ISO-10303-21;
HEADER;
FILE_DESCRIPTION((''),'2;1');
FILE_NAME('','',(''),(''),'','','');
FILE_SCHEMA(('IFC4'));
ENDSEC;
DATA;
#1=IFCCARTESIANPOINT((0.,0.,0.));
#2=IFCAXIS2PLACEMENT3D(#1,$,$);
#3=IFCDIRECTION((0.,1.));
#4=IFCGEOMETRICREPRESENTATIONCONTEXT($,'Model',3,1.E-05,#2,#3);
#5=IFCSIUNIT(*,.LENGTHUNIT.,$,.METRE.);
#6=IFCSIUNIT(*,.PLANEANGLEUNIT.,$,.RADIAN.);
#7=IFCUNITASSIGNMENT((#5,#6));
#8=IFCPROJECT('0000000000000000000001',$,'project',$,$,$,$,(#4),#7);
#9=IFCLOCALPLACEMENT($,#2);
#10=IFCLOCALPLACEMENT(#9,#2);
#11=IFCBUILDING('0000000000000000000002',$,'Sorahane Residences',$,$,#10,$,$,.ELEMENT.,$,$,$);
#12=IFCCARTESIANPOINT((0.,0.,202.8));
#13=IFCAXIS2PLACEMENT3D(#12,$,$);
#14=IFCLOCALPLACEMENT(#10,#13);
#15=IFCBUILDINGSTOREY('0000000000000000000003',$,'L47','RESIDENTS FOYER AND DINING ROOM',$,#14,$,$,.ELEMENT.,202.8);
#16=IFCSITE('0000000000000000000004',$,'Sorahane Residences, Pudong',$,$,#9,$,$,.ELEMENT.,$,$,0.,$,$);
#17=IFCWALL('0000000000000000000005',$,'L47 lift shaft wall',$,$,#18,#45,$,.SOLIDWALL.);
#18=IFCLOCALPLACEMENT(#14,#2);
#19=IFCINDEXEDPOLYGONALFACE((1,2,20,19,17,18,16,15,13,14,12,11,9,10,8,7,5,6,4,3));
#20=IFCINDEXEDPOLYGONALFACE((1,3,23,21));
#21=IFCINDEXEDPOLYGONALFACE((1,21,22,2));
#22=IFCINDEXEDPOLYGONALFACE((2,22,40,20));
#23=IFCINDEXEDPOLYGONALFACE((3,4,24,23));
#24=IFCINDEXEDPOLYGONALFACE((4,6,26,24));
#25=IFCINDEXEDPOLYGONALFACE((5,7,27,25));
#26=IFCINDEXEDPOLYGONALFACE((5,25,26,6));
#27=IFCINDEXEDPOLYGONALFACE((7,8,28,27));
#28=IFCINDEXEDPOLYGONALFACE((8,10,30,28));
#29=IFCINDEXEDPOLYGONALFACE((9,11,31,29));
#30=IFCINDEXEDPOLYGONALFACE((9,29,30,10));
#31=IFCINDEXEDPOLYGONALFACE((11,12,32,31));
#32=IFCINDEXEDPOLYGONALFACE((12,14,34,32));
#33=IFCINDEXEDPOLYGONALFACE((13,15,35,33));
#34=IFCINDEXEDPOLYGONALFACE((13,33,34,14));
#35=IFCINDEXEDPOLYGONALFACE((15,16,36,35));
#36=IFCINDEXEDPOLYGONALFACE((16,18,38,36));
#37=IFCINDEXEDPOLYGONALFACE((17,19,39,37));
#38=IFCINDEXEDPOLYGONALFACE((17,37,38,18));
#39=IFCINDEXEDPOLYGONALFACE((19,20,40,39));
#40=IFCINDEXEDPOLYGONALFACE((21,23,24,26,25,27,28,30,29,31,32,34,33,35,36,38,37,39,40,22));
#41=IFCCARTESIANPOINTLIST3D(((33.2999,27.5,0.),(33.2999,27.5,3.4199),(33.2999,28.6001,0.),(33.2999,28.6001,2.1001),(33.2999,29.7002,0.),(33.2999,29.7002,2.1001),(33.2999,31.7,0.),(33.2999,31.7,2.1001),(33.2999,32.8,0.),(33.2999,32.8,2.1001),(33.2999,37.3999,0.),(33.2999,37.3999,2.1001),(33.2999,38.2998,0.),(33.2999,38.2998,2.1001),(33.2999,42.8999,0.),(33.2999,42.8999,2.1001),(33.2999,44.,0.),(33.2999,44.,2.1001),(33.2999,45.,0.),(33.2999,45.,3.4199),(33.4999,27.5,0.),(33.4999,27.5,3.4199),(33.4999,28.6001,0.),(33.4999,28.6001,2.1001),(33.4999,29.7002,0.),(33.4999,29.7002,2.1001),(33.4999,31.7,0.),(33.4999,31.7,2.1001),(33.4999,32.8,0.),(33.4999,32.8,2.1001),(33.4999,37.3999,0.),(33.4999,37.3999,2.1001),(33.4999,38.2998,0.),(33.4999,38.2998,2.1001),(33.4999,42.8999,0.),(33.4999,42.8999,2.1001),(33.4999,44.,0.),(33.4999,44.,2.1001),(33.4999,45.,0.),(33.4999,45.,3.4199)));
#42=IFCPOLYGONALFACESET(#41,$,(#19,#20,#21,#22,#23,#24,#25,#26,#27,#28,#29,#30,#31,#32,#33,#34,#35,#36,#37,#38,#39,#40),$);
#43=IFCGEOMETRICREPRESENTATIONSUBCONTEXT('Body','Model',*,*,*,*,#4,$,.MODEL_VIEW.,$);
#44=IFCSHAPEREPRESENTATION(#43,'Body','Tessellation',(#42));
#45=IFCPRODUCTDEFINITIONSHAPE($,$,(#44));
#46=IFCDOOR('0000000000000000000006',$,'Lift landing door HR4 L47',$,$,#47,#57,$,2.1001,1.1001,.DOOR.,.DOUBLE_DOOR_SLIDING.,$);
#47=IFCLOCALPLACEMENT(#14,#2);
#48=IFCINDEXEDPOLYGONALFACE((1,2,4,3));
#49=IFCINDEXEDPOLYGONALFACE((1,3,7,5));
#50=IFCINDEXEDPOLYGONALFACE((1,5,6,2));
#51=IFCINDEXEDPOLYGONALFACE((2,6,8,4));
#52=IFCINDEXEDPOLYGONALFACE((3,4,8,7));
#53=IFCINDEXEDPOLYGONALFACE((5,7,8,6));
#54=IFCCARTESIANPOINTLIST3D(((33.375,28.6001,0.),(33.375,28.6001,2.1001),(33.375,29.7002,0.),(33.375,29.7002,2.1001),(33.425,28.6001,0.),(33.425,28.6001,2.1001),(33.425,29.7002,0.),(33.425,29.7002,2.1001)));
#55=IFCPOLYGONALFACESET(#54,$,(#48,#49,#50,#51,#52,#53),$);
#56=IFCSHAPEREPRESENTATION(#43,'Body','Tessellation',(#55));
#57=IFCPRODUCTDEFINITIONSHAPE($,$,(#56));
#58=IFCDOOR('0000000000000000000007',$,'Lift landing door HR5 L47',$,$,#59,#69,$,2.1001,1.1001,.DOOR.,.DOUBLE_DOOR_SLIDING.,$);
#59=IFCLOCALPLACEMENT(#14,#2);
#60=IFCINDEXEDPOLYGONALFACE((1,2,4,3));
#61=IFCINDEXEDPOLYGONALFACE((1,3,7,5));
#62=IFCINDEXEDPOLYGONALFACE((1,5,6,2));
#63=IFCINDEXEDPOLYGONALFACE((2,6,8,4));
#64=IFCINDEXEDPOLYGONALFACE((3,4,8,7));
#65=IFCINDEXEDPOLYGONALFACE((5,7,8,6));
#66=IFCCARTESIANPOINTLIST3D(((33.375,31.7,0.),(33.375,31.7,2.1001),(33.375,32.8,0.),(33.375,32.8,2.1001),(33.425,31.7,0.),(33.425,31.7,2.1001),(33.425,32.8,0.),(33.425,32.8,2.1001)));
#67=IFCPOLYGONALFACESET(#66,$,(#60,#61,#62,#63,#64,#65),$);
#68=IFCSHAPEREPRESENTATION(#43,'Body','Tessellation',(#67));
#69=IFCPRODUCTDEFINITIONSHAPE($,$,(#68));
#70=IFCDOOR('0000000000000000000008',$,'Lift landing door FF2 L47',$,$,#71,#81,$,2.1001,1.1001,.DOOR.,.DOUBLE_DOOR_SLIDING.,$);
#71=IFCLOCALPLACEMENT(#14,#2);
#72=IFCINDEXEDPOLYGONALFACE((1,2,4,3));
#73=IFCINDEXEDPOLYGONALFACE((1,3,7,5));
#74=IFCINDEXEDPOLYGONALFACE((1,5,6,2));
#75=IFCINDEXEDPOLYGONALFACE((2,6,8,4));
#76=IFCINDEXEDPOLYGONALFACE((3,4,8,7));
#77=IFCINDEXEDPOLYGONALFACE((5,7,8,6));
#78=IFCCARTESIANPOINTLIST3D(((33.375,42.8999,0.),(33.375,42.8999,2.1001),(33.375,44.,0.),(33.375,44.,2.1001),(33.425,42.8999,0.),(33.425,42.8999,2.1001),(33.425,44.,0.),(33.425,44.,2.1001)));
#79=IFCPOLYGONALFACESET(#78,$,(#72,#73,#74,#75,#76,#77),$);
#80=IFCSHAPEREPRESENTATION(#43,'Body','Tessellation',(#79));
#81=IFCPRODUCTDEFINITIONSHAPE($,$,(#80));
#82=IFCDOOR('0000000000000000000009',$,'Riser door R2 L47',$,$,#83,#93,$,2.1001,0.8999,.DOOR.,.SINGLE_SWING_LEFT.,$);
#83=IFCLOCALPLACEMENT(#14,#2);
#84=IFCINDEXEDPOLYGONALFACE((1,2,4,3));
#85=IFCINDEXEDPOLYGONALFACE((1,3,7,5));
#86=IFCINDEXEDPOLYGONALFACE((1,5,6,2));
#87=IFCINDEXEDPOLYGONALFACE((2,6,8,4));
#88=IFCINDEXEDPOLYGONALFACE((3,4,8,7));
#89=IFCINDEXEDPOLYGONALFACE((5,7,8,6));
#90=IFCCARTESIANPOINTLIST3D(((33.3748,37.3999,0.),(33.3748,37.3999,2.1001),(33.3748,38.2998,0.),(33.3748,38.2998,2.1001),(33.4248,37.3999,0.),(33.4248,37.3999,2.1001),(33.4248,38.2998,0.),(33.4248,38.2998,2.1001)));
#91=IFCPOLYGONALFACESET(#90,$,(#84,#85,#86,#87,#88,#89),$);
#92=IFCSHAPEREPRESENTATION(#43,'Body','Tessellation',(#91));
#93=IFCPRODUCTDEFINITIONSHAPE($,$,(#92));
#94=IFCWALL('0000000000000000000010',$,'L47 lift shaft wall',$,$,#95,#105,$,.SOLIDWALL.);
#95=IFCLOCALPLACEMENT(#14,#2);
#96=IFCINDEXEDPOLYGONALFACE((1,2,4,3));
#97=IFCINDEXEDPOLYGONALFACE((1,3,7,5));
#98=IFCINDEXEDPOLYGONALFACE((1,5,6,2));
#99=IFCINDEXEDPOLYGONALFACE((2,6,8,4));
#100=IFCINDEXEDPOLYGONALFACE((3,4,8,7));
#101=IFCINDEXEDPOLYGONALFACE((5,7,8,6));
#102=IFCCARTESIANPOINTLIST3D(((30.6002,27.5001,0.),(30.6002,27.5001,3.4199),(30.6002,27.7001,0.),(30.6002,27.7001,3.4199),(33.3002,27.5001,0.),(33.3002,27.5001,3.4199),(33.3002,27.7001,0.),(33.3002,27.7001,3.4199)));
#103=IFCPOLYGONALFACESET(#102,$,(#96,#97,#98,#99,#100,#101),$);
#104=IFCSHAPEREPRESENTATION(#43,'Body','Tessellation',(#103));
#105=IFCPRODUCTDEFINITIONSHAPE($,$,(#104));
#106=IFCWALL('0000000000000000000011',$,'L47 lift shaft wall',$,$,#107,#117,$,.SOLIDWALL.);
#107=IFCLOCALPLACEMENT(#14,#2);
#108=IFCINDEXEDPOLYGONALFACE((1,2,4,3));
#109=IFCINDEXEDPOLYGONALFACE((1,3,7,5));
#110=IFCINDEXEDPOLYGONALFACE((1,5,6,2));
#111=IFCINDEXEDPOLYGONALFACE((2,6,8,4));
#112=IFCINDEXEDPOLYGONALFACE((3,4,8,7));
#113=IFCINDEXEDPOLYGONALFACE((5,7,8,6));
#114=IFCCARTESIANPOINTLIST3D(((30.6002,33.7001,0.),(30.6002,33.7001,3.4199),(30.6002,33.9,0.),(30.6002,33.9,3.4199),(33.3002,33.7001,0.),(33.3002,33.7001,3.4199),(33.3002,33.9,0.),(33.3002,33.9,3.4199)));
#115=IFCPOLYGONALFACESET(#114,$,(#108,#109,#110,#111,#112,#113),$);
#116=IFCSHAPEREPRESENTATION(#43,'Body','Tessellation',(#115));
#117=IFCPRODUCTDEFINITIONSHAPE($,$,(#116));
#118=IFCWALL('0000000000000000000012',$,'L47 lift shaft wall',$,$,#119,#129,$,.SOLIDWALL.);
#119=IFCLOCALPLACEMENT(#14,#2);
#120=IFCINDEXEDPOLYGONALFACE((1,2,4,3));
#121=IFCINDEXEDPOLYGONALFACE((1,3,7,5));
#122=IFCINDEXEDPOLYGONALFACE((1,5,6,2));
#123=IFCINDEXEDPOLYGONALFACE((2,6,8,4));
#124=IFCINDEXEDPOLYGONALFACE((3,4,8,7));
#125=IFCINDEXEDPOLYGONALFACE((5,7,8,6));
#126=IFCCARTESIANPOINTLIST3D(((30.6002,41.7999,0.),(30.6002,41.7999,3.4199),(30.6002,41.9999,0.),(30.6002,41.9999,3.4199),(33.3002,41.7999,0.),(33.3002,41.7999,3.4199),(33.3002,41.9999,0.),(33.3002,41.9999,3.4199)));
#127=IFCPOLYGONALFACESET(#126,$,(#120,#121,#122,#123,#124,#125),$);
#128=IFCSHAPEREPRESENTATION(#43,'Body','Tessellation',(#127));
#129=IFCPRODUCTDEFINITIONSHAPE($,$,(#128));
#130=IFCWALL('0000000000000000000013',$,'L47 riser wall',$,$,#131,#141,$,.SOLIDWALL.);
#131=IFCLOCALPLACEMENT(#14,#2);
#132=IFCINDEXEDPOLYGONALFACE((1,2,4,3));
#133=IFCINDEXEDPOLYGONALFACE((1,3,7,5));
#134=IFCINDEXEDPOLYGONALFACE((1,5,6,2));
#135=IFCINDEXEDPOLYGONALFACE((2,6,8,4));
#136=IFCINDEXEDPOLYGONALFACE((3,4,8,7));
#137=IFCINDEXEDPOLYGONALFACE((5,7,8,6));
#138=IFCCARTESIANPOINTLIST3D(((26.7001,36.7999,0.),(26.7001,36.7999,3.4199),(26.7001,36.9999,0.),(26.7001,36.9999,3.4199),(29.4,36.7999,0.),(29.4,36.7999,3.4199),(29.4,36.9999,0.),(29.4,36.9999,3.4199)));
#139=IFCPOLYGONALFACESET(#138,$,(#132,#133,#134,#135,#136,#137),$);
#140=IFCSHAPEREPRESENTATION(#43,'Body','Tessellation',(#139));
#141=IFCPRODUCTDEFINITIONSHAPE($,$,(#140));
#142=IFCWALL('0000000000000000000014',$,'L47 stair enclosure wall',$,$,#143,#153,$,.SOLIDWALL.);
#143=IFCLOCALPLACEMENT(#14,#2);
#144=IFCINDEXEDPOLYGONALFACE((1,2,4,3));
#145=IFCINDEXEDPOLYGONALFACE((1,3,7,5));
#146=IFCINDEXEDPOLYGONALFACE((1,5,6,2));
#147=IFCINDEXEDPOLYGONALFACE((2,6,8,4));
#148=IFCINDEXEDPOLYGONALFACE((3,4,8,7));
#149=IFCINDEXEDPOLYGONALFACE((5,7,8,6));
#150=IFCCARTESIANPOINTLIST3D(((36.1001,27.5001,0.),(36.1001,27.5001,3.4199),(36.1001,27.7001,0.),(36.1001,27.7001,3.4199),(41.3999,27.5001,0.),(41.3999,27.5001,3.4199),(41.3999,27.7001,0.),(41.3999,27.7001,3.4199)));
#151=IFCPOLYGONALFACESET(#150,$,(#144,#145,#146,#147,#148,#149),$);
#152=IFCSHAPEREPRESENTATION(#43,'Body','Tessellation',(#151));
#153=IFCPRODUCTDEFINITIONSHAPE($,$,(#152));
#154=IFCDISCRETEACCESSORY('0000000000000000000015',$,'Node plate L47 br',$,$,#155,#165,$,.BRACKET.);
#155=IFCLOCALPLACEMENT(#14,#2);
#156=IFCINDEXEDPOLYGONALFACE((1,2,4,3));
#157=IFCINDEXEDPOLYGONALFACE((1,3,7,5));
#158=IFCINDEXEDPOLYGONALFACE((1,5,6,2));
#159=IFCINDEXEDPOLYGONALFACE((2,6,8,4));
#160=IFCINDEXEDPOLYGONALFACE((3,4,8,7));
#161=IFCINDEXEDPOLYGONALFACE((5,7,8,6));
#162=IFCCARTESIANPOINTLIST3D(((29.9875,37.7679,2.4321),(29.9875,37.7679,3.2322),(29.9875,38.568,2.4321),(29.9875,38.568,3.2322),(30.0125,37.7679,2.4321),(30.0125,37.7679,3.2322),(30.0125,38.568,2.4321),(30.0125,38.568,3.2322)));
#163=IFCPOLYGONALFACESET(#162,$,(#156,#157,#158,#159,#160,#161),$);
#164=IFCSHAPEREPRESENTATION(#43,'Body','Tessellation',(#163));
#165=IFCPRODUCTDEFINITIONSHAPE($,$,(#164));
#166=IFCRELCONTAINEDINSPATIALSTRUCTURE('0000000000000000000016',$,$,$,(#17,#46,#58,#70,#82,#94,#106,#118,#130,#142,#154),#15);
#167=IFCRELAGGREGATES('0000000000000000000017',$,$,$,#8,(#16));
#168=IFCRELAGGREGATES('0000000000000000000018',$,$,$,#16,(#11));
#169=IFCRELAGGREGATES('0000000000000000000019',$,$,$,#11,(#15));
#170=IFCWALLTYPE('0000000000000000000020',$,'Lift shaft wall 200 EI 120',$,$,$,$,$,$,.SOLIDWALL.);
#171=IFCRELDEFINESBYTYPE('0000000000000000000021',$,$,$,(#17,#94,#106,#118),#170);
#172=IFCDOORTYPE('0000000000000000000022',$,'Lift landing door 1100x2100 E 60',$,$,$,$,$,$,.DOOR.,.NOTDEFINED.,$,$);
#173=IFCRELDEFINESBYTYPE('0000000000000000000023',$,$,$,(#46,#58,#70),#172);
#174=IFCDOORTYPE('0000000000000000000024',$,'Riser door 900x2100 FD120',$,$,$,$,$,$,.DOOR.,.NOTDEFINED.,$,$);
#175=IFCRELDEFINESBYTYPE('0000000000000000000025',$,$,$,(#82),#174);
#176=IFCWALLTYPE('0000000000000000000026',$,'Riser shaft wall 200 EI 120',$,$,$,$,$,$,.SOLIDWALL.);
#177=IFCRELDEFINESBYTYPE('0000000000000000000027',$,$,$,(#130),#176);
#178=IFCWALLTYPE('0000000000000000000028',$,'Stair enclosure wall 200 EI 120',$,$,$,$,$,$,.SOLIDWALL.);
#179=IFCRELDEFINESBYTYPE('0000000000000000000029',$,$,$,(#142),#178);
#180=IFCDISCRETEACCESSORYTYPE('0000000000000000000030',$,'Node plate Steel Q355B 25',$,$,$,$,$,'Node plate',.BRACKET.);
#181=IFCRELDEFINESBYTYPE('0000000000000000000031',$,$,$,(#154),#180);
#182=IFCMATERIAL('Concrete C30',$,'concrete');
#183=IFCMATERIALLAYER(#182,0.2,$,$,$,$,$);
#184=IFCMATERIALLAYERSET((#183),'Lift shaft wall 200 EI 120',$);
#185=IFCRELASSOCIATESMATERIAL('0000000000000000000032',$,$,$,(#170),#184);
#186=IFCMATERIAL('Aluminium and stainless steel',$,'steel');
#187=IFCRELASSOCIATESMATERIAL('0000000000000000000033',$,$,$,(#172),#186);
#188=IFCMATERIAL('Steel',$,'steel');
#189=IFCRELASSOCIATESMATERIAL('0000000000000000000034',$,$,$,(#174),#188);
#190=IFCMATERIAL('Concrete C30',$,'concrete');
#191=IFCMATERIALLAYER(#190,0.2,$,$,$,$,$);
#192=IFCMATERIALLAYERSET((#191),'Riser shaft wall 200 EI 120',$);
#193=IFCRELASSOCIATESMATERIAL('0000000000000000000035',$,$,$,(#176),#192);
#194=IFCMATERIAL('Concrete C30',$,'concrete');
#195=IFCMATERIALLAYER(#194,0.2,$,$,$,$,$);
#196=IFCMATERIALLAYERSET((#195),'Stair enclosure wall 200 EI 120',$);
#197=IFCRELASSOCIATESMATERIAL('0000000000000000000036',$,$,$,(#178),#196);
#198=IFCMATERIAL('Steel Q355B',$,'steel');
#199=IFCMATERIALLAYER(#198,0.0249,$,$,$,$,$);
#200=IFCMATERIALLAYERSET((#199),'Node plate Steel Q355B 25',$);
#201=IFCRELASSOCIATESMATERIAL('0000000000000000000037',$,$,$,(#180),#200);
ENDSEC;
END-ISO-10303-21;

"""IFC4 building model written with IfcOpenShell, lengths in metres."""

from ifc_helpers import new_model, si_unit, direction, frame, frame_2d, origin, origin_2d, place, context, subcontext, project, spatial, rectangle, extrude, material, layer, layer_set, type_object, element, fill, save


model = new_model("IFC4")

# Units and contexts
model_context = context("Model", 3, precision=1e-05, world=origin(), true_north=direction((0.0, 1.0)))
body_context = subcontext(model_context, "Body", "Model", "MODEL_VIEW")
ifc_project = project(units=[si_unit("LENGTHUNIT", "METRE"), si_unit("PLANEANGLEUNIT", "RADIAN")], contexts=[model_context])

# Site, building, storey
site_placement = place(None, origin())
site = spatial("IfcSite", under=ifc_project, at=site_placement, Name="Sorahane Residences, Pudong", CompositionType="ELEMENT", RefElevation=0.0)
building_placement = place(site_placement, origin())
building = spatial("IfcBuilding", under=site, at=building_placement, Name="Sorahane Residences", CompositionType="ELEMENT")
storey_placement = place(building_placement, frame((0.0, 0.0, 202.8)))
storey = spatial("IfcBuildingStorey", under=building, at=storey_placement, Name="L47", Description="RESIDENTS FOYER AND DINING ROOM", CompositionType="ELEMENT", Elevation=202.8)

# Wall, openings, doors
ifc_material_1 = material(Name="Concrete C30", Category="concrete")
ifc_layer_1 = layer(ifc_material_1, 0.2)
ifc_layer_set_1 = layer_set([ifc_layer_1], Name="Lift shaft wall 200 EI 120")
wall_type_1 = type_object("IfcWallType", Name="Lift shaft wall 200 EI 120", PredefinedType="SOLIDWALL", material=ifc_layer_set_1)
wall_1_placement = place(storey_placement, frame((33.3999, 27.5, 0.0), z_axis=(0.0, 0.0, 1.0), x_axis=(0.0, 1.0, 0.0)))
wall_1 = element("IfcWall", 1, at=wall_1_placement, inside=storey, type_object=wall_type_1, Name="L47 lift shaft wall", PredefinedType="SOLIDWALL", context=body_context, shape_type="SweptSolid", body=[
    extrude(rectangle(XDim=17.5, YDim=0.2, at=frame_2d((8.75, 0.0))), origin(), (0.0, 0.0, 1.0), 3.4199),
])
opening_1_placement = place(wall_1_placement, frame((1.1001, 0.0, 0.0)))
opening_1 = element("IfcOpeningElement", 2, at=opening_1_placement, cuts=wall_1, PredefinedType="OPENING", context=body_context, shape_type="SweptSolid", body=[
    extrude(rectangle(XDim=1.1001, YDim=2.1001, at=frame_2d((0.55, 1.05))), frame((0.0, 0.1099, 0.0), z_axis=(0.0, -1.0, 0.0), x_axis=(1.0, 0.0, 0.0)), (0.0, 0.0, 1.0), 0.22),
])
opening_2_placement = place(wall_1_placement, frame((4.2, 0.0, 0.0)))
opening_2 = element("IfcOpeningElement", 3, at=opening_2_placement, cuts=wall_1, PredefinedType="OPENING", context=body_context, shape_type="SweptSolid", body=[
    extrude(rectangle(XDim=1.1001, YDim=2.1001, at=frame_2d((0.55, 1.05))), frame((0.0, 0.1099, 0.0), z_axis=(0.0, -1.0, 0.0), x_axis=(1.0, 0.0, 0.0)), (0.0, 0.0, 1.0), 0.22),
])
opening_3_placement = place(wall_1_placement, frame((15.3999, 0.0, 0.0)))
opening_3 = element("IfcOpeningElement", 4, at=opening_3_placement, cuts=wall_1, PredefinedType="OPENING", context=body_context, shape_type="SweptSolid", body=[
    extrude(rectangle(XDim=1.1001, YDim=2.1001, at=frame_2d((0.55, 1.05))), frame((0.0, 0.1099, 0.0), z_axis=(0.0, -1.0, 0.0), x_axis=(1.0, 0.0, 0.0)), (0.0, 0.0, 1.0), 0.22),
])
opening_4_placement = place(wall_1_placement, frame((9.8999, 0.0, 0.0)))
opening_4 = element("IfcOpeningElement", 5, at=opening_4_placement, cuts=wall_1, PredefinedType="OPENING", context=body_context, shape_type="SweptSolid", body=[
    extrude(rectangle(XDim=0.8999, YDim=2.1001, at=frame_2d((0.45, 1.05))), frame((0.0, 0.1099, 0.0), z_axis=(0.0, -1.0, 0.0), x_axis=(1.0, 0.0, 0.0)), (0.0, 0.0, 1.0), 0.22),
])
ifc_material_2 = material(Name="Aluminium and stainless steel", Category="steel")
door_type_1 = type_object("IfcDoorType", Name="Lift landing door 1100x2100 E 60", OperationType="NOTDEFINED", PredefinedType="DOOR", material=ifc_material_2)
door_1_placement = place(opening_1_placement, origin())
door_1 = element("IfcDoor", 6, at=door_1_placement, inside=storey, type_object=door_type_1, Name="Lift landing door HR4 L47", OperationType="DOUBLE_DOOR_SLIDING", OverallHeight=2.1001, OverallWidth=1.1001, PredefinedType="DOOR", context=body_context, shape_type="SweptSolid", body=[
    extrude(rectangle(XDim=1.1001, YDim=2.1001, at=frame_2d((0.55, 1.05))), frame((0.0, 0.0249, 0.0), z_axis=(0.0, -1.0, 0.0), x_axis=(1.0, 0.0, 0.0)), (0.0, 0.0, 1.0), 0.05),
])
fill(opening_1, door_1)
door_2_placement = place(opening_2_placement, origin())
door_2 = element("IfcDoor", 7, at=door_2_placement, inside=storey, type_object=door_type_1, Name="Lift landing door HR5 L47", OperationType="DOUBLE_DOOR_SLIDING", OverallHeight=2.1001, OverallWidth=1.1001, PredefinedType="DOOR", context=body_context, shape_type="SweptSolid", body=[
    extrude(rectangle(XDim=1.1001, YDim=2.1001, at=frame_2d((0.55, 1.05))), frame((0.0, 0.0249, 0.0), z_axis=(0.0, -1.0, 0.0), x_axis=(1.0, 0.0, 0.0)), (0.0, 0.0, 1.0), 0.05),
])
fill(opening_2, door_2)
door_3_placement = place(opening_3_placement, origin())
door_3 = element("IfcDoor", 8, at=door_3_placement, inside=storey, type_object=door_type_1, Name="Lift landing door FF2 L47", OperationType="DOUBLE_DOOR_SLIDING", OverallHeight=2.1001, OverallWidth=1.1001, PredefinedType="DOOR", context=body_context, shape_type="SweptSolid", body=[
    extrude(rectangle(XDim=1.1001, YDim=2.1001, at=frame_2d((0.55, 1.05))), frame((0.0, 0.0249, 0.0), z_axis=(0.0, -1.0, 0.0), x_axis=(1.0, 0.0, 0.0)), (0.0, 0.0, 1.0), 0.05),
])
fill(opening_3, door_3)
ifc_material_3 = material(Name="Steel", Category="steel")
door_type_2 = type_object("IfcDoorType", Name="Riser door 900x2100 FD120", OperationType="NOTDEFINED", PredefinedType="DOOR", material=ifc_material_3)
door_4_placement = place(opening_4_placement, frame((0.8999, 0.0, 0.0), z_axis=(0.0, 0.0, 1.0), x_axis=(-1.0, 0.0, 0.0)))
door_4 = element("IfcDoor", 9, at=door_4_placement, inside=storey, type_object=door_type_2, Name="Riser door R2 L47", OperationType="SINGLE_SWING_LEFT", OverallHeight=2.1001, OverallWidth=0.8999, PredefinedType="DOOR", context=body_context, shape_type="SweptSolid", body=[
    extrude(rectangle(XDim=0.8999, YDim=2.1001, at=frame_2d((0.45, 1.05))), frame((0.0, 0.0249, 0.0), z_axis=(0.0, -1.0, 0.0), x_axis=(1.0, 0.0, 0.0)), (0.0, 0.0, 1.0), 0.05),
])
fill(opening_4, door_4)

# Walls
for number, where, z_axis, x_axis, name in (
    (10, (30.6001, 27.6001, 0.0), (0.0, 0.0, 1.0), (1.0, 0.0, 0.0), "L47 lift shaft wall"),
    (11, (30.6001, 33.8, 0.0), (0.0, 0.0, 1.0), (1.0, 0.0, 0.0), "L47 lift shaft wall"),
    (12, (30.6001, 41.8999, 0.0), (0.0, 0.0, 1.0), (1.0, 0.0, 0.0), "L47 lift shaft wall"),
):
    element("IfcWall", number, at=place(storey_placement, frame(where, z_axis=z_axis, x_axis=x_axis)), inside=storey, type_object=wall_type_1, Name=name, PredefinedType="SOLIDWALL", context=body_context, shape_type="SweptSolid", body=[
        extrude(rectangle(XDim=2.7, YDim=0.2, at=frame_2d((1.3501, 0.0))), origin(), (0.0, 0.0, 1.0), 3.4199),
    ])
ifc_material_4 = material(Name="Concrete C30", Category="concrete")
ifc_layer_2 = layer(ifc_material_4, 0.2)
ifc_layer_set_2 = layer_set([ifc_layer_2], Name="Riser shaft wall 200 EI 120")
wall_type_2 = type_object("IfcWallType", Name="Riser shaft wall 200 EI 120", PredefinedType="SOLIDWALL", material=ifc_layer_set_2)
wall_2_placement = place(storey_placement, frame((26.7, 36.8999, 0.0), z_axis=(0.0, 0.0, 1.0), x_axis=(1.0, 0.0, 0.0)))
element("IfcWall", 13, at=wall_2_placement, inside=storey, type_object=wall_type_2, Name="L47 riser wall", PredefinedType="SOLIDWALL", context=body_context, shape_type="SweptSolid", body=[
    extrude(rectangle(XDim=2.7, YDim=0.2, at=frame_2d((1.3501, 0.0))), origin(), (0.0, 0.0, 1.0), 3.4199),
])
ifc_material_5 = material(Name="Concrete C30", Category="concrete")
ifc_layer_3 = layer(ifc_material_5, 0.2)
ifc_layer_set_3 = layer_set([ifc_layer_3], Name="Stair enclosure wall 200 EI 120")
wall_type_3 = type_object("IfcWallType", Name="Stair enclosure wall 200 EI 120", PredefinedType="SOLIDWALL", material=ifc_layer_set_3)
wall_3_placement = place(storey_placement, frame((36.1001, 27.6001, 0.0), z_axis=(0.0, 0.0, 1.0), x_axis=(1.0, 0.0, 0.0)))
element("IfcWall", 14, at=wall_3_placement, inside=storey, type_object=wall_type_3, Name="L47 stair enclosure wall", PredefinedType="SOLIDWALL", context=body_context, shape_type="SweptSolid", body=[
    extrude(rectangle(XDim=5.2998, YDim=0.2, at=frame_2d((2.6499, 0.0))), origin(), (0.0, 0.0, 1.0), 3.4199),
])

# Discrete accessory
ifc_material_6 = material(Name="Steel Q355B", Category="steel")
ifc_layer_4 = layer(ifc_material_6, 0.0249)
ifc_layer_set_4 = layer_set([ifc_layer_4], Name="Node plate Steel Q355B 25")
discrete_accessory_type = type_object("IfcDiscreteAccessoryType", Name="Node plate Steel Q355B 25", ElementType="Node plate", PredefinedType="BRACKET", material=ifc_layer_set_4)
discrete_accessory_placement = place(storey_placement, frame((30.0, 38.168, 2.4321), z_axis=(0.0, 0.0, 1.0), x_axis=(0.0, 1.0, 0.0)))
element("IfcDiscreteAccessory", 15, at=discrete_accessory_placement, inside=storey, type_object=discrete_accessory_type, Name="Node plate L47 br", PredefinedType="BRACKET", context=body_context, shape_type="SweptSolid", body=[
    extrude(rectangle(XDim=0.8, YDim=0.0249, at=origin_2d()), origin(), (0.0, 0.0, 1.0), 0.8),
])

save(model, "model.ifc")
